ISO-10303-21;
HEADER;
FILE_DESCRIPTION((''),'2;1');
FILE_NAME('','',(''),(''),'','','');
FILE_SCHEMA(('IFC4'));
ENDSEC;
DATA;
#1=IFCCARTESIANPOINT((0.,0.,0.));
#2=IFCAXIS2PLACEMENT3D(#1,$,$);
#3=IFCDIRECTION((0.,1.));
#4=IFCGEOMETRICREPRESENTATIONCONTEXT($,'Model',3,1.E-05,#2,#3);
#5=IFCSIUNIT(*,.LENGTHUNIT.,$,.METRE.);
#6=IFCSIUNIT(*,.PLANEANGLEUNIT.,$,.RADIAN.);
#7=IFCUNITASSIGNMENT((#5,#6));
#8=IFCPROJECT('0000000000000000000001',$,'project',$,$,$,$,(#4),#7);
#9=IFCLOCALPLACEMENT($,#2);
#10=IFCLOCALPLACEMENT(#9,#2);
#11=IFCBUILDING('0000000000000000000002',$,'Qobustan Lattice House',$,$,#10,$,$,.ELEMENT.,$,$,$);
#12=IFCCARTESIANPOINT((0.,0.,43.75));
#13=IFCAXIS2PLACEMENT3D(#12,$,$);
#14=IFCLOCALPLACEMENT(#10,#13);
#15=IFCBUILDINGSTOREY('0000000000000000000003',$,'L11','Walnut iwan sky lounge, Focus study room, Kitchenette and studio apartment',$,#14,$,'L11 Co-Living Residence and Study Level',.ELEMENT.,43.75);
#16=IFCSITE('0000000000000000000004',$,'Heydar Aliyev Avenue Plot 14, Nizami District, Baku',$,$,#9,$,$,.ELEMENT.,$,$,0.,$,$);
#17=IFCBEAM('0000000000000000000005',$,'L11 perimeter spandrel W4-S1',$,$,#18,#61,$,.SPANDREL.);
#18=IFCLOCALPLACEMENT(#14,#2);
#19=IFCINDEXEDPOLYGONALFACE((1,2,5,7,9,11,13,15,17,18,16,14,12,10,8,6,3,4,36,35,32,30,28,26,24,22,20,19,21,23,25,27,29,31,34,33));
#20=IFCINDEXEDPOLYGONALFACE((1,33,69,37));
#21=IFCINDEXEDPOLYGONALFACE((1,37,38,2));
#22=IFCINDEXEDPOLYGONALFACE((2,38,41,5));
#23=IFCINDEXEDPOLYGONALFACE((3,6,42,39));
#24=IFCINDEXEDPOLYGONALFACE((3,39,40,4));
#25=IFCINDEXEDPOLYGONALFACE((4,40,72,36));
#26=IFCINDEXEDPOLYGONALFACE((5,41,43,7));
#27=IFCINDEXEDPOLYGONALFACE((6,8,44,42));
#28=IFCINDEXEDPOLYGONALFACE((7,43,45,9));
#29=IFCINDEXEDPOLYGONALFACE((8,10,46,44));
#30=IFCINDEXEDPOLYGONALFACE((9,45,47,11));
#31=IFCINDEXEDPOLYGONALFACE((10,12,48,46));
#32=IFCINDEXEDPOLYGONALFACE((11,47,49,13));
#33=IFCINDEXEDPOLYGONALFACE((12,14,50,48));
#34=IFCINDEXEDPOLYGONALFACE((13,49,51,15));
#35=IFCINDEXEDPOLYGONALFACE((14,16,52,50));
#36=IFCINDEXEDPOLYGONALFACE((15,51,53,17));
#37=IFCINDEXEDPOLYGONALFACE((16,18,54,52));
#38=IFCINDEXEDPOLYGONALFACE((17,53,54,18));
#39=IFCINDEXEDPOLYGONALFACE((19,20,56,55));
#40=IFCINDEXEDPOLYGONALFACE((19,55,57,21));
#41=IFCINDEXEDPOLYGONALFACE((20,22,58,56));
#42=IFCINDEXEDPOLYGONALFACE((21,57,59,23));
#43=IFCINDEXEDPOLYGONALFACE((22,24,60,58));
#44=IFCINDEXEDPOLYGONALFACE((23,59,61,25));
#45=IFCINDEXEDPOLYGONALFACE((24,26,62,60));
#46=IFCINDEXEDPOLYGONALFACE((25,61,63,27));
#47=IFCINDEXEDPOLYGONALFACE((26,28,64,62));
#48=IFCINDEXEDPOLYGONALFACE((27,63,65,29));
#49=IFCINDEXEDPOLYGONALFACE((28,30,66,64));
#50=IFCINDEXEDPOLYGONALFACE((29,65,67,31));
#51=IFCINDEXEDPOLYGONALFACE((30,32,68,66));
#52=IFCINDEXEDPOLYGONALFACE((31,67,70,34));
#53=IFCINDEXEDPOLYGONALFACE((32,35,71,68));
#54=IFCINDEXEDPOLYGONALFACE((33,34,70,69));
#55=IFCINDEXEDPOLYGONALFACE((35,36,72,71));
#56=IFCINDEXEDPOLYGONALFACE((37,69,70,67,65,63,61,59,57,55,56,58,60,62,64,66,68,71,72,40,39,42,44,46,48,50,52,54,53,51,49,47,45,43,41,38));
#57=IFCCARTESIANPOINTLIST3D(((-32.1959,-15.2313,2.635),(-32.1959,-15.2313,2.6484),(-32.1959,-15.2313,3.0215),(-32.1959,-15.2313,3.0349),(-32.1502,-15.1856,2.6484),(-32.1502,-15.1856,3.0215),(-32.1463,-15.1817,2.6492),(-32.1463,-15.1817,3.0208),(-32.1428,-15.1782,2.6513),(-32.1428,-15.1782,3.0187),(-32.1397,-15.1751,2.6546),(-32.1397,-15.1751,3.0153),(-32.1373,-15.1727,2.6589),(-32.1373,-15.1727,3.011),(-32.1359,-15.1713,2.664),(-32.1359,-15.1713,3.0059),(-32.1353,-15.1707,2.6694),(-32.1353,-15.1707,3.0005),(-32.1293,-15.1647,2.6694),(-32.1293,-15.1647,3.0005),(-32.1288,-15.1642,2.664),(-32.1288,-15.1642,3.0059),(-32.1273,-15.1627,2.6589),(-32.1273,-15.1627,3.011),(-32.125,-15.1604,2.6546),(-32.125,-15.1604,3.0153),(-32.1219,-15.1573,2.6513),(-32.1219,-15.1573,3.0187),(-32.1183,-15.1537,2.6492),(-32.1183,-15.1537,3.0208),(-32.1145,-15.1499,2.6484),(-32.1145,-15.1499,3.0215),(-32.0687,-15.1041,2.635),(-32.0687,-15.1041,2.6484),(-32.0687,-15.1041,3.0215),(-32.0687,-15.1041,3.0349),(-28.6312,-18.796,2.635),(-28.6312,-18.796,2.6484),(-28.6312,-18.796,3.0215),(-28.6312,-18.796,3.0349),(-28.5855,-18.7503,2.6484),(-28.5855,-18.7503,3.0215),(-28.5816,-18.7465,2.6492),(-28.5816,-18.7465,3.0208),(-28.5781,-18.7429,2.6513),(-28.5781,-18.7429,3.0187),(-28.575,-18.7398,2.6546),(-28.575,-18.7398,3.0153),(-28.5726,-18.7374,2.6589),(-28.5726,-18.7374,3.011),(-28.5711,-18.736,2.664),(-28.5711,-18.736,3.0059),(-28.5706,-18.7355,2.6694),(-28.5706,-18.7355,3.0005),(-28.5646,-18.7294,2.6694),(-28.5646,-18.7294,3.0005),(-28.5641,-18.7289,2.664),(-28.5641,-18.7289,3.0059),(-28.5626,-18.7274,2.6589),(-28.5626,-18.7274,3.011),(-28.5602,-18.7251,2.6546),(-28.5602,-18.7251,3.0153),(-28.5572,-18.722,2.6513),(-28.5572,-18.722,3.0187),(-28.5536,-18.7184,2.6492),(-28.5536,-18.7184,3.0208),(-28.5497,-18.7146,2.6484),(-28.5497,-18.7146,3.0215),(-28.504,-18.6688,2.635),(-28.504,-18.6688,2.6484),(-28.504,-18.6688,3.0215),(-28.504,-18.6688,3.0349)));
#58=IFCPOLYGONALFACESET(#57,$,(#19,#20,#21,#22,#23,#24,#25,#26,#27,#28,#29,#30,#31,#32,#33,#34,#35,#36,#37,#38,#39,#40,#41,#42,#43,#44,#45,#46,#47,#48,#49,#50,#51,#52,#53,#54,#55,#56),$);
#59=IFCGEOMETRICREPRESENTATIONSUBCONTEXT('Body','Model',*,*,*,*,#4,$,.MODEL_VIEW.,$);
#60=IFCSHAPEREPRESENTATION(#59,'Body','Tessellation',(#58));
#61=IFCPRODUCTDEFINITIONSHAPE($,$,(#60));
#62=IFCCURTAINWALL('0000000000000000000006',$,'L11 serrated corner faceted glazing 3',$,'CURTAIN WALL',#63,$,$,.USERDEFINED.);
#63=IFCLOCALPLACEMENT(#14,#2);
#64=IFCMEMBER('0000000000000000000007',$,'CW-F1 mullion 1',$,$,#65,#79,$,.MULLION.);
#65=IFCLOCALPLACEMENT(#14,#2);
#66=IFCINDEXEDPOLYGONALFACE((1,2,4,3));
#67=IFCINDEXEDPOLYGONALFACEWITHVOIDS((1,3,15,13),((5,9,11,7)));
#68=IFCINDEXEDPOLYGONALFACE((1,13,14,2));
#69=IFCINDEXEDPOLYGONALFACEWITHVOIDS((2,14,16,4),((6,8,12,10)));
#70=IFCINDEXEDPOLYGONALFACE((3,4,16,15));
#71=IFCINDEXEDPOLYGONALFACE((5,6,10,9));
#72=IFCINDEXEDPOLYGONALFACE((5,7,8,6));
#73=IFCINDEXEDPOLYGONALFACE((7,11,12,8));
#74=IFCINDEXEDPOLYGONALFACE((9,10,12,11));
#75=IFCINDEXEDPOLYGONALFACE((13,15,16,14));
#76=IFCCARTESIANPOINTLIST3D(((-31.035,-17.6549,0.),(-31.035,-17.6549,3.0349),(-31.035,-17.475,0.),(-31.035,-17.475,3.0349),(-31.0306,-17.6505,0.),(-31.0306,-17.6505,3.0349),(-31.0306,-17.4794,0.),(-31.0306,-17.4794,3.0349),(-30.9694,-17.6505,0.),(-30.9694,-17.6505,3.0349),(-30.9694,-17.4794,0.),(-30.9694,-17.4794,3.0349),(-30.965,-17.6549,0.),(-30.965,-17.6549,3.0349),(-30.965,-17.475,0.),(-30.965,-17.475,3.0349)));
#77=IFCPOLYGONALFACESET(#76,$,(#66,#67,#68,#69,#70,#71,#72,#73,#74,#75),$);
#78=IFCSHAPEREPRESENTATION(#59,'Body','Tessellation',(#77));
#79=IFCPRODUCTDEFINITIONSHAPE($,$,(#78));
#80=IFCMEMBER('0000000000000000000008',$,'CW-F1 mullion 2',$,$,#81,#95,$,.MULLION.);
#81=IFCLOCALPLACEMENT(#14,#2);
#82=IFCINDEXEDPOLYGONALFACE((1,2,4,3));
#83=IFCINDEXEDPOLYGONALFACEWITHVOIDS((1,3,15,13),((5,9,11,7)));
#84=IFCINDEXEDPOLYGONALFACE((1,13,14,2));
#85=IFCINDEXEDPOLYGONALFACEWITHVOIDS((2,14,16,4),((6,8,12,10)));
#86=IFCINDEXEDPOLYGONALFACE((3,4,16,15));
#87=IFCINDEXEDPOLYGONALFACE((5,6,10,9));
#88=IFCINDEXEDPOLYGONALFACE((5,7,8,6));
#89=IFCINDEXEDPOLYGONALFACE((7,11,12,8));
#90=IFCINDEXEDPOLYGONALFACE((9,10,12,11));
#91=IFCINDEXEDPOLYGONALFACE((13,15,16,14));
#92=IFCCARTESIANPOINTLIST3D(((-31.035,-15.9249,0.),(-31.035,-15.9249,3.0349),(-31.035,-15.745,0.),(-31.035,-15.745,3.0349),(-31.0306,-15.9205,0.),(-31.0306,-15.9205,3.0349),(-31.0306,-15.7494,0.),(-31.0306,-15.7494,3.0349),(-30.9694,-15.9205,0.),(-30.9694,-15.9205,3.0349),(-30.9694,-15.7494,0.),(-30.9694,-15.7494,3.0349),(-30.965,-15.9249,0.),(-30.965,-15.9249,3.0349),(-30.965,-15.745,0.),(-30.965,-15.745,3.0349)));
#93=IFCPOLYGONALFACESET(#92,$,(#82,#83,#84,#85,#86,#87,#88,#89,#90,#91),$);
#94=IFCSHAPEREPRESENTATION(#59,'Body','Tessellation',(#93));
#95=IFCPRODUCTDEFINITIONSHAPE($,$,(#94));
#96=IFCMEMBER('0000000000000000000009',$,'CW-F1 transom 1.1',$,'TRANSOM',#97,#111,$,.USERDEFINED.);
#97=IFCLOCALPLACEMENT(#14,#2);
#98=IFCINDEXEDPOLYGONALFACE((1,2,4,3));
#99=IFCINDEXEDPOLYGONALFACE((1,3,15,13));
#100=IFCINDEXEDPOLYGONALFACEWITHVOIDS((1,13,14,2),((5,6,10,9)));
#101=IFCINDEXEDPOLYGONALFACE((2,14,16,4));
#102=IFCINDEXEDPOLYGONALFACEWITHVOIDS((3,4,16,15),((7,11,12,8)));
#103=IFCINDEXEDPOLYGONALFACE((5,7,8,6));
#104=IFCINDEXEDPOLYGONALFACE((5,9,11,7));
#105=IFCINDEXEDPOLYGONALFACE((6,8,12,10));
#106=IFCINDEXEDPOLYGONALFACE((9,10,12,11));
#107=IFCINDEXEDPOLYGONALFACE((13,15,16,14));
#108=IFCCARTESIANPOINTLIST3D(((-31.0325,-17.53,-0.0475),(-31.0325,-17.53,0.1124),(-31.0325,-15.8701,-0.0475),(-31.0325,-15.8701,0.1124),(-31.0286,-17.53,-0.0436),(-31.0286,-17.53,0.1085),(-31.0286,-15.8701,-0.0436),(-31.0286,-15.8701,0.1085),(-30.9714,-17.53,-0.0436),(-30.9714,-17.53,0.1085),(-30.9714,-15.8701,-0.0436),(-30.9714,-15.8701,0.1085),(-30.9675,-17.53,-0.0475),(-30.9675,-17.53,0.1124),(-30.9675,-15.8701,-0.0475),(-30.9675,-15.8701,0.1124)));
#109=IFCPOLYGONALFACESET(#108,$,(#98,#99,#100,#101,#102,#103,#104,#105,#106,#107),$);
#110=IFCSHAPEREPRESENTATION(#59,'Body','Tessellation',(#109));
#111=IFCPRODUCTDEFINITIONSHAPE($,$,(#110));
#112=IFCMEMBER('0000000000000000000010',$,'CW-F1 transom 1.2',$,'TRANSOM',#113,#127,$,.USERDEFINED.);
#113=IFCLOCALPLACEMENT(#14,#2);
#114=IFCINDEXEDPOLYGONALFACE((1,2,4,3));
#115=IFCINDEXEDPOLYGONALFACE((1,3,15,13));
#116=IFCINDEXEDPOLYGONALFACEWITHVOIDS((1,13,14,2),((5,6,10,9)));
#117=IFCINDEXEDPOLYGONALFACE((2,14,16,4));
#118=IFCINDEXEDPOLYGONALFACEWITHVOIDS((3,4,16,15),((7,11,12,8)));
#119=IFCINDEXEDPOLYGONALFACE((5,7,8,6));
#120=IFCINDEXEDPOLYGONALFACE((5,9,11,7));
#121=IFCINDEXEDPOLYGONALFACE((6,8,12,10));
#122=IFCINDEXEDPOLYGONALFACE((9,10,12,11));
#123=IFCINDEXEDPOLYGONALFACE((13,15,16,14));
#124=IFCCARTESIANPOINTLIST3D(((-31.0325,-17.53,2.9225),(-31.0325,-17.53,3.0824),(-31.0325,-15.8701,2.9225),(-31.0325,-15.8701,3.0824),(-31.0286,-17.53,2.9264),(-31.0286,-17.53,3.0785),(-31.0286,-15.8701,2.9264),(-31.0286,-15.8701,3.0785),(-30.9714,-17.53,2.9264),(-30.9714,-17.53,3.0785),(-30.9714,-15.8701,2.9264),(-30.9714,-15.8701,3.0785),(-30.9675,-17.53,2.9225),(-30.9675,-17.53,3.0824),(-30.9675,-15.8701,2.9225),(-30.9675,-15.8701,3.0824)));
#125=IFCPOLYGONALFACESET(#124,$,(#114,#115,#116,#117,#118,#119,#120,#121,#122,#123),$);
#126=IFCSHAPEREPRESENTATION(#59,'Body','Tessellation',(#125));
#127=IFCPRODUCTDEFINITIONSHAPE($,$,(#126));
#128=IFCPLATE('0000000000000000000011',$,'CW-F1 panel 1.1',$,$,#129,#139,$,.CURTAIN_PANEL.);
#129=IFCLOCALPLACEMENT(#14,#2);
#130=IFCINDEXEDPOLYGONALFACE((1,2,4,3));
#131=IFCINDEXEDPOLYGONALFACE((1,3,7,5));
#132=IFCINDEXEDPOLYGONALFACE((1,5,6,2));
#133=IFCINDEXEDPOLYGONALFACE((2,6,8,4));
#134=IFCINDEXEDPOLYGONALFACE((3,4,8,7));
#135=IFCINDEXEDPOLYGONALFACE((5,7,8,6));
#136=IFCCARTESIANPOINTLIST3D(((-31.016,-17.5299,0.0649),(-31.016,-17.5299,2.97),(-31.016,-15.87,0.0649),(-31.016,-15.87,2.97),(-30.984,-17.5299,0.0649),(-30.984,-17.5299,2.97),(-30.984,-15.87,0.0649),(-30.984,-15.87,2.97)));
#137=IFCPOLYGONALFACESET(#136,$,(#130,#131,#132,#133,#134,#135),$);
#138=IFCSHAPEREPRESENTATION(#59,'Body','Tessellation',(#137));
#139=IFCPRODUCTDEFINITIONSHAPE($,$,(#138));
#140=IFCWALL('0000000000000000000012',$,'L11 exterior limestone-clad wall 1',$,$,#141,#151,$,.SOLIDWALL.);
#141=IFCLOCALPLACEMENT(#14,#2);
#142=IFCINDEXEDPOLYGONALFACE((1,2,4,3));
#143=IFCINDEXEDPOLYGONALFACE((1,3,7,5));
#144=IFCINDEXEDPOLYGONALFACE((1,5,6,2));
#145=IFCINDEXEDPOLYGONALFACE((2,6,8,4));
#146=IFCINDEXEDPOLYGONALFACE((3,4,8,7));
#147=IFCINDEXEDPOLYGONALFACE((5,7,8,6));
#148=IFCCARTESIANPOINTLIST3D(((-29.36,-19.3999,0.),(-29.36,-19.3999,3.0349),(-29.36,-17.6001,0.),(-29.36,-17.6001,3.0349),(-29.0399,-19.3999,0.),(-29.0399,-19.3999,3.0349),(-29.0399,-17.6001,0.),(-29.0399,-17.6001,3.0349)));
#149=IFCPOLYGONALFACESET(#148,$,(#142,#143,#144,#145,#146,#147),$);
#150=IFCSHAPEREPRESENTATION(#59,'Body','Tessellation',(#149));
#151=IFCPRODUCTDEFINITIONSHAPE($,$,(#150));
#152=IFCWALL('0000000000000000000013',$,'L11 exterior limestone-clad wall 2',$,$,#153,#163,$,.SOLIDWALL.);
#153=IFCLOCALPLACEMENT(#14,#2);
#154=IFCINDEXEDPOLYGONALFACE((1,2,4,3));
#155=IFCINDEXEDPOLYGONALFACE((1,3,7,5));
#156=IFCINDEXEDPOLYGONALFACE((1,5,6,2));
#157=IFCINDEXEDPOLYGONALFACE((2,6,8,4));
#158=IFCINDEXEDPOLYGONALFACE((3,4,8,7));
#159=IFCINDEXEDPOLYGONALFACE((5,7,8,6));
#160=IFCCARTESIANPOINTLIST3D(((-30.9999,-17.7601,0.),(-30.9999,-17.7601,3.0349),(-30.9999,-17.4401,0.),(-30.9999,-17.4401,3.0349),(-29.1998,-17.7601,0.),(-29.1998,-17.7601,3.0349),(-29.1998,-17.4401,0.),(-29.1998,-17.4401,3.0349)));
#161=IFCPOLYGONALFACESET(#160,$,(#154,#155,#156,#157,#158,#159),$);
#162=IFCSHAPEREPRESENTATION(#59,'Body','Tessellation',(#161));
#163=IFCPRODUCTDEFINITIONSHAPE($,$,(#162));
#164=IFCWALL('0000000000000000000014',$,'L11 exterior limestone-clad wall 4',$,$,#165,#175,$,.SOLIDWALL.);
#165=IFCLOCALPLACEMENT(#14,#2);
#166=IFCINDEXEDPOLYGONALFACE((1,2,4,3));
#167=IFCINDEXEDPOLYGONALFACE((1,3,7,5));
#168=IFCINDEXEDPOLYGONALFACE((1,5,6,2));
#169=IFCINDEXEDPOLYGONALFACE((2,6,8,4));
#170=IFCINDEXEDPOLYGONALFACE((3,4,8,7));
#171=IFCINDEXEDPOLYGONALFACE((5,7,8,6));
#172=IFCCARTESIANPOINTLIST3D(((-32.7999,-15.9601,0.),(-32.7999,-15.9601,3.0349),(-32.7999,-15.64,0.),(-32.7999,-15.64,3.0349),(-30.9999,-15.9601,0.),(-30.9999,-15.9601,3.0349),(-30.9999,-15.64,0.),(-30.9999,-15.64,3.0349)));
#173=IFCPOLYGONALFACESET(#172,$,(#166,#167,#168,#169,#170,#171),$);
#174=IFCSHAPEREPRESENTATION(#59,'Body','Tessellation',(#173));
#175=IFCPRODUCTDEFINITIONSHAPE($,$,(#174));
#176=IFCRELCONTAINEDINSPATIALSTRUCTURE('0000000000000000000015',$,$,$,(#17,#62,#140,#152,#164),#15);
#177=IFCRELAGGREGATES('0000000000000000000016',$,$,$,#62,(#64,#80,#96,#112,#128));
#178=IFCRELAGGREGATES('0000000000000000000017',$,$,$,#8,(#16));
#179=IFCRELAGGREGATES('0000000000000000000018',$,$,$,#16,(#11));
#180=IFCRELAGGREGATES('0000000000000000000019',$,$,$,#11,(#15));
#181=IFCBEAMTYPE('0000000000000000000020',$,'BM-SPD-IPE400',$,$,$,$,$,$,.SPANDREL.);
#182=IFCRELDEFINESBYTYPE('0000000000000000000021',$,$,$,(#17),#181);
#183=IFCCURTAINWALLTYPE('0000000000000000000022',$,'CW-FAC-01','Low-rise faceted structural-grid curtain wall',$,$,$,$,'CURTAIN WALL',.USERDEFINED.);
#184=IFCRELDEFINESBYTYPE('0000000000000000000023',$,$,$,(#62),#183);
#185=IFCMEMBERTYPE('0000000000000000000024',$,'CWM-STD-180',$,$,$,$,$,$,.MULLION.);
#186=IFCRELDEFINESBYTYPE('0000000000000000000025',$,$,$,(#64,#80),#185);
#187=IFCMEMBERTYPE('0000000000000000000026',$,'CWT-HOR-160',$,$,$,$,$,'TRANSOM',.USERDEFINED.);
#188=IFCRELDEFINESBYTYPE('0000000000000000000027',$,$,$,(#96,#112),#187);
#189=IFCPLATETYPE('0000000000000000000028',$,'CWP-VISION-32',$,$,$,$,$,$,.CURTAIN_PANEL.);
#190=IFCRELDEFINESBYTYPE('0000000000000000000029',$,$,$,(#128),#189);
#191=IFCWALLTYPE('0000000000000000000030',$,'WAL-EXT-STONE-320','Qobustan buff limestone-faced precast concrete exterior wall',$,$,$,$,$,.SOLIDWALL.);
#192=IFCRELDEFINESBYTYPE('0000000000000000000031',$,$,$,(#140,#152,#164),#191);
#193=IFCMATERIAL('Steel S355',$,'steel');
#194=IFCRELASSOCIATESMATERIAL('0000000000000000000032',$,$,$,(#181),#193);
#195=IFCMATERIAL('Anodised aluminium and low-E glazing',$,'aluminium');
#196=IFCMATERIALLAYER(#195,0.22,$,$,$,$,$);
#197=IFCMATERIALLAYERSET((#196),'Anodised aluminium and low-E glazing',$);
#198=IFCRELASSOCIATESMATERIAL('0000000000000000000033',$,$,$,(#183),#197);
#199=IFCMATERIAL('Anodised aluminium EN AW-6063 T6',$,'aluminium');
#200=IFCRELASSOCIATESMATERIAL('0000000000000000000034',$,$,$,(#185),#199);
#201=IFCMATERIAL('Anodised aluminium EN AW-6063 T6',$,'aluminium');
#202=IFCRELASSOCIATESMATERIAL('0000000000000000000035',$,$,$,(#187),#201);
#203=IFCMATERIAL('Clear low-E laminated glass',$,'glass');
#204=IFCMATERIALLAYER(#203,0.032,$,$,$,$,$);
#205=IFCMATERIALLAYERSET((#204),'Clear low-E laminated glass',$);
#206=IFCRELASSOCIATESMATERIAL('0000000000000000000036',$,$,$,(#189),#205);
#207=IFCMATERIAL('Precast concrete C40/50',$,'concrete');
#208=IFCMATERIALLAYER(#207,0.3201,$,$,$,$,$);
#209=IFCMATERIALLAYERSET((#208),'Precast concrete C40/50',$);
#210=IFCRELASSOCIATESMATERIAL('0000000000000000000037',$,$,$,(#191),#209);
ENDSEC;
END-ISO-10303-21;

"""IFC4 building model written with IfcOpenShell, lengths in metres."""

from ifc_helpers import new_model, si_unit, direction, frame, frame_2d, origin, origin_2d, place, context, subcontext, project, spatial, rectangle, hollow_rectangle, i_section, extrude, material, layer, layer_set, material_profile, profile_set, type_object, element, aggregate, save


model = new_model("IFC4")

# Units and contexts
model_context = context("Model", 3, precision=1e-05, world=origin(), true_north=direction((0.0, 1.0)))
body_context = subcontext(model_context, "Body", "Model", "MODEL_VIEW")
ifc_project = project(units=[si_unit("LENGTHUNIT", "METRE"), si_unit("PLANEANGLEUNIT", "RADIAN")], contexts=[model_context])

# Site, building, storey
site_placement = place(None, origin())
site = spatial("IfcSite", under=ifc_project, at=site_placement, Name="Heydar Aliyev Avenue Plot 14, Nizami District, Baku", CompositionType="ELEMENT", RefElevation=0.0)
building_placement = place(site_placement, origin())
building = spatial("IfcBuilding", under=site, at=building_placement, Name="Qobustan Lattice House", CompositionType="ELEMENT")
storey_placement = place(building_placement, frame((0.0, 0.0, 43.75)))
storey = spatial("IfcBuildingStorey", under=building, at=storey_placement, Name="L11", Description="Walnut iwan sky lounge, Focus study room, Kitchenette and studio apartment", LongName="L11 Co-Living Residence and Study Level", CompositionType="ELEMENT", Elevation=43.75)

# Beam
ifc_material_1 = material(Name="Steel S355", Category="steel")
ifc_material_profile_1 = material_profile(ifc_material_1, i_section(OverallWidth=0.1799, OverallDepth=0.3999, WebThickness=0.0085, FlangeThickness=0.0134, FilletRadius=0.021, at=origin_2d()), Name="IPE400")
ifc_profile_set_1 = profile_set([ifc_material_profile_1], Name="Steel S355")
beam_type_1 = type_object("IfcBeamType", Name="BM-SPD-IPE400", PredefinedType="SPANDREL", material=ifc_profile_set_1)
beam_1_placement = place(storey_placement, frame((-32.1323, -15.1677, 2.835), z_axis=(0.707107, -0.707107, 0.0), x_axis=(0.707107, 0.707107, 0.0)))
element("IfcBeam", 1, at=beam_1_placement, inside=storey, type_object=beam_type_1, Name="L11 perimeter spandrel W4-S1", PredefinedType="SPANDREL", context=body_context, shape_type="SweptSolid", body=[
    extrude(i_section(OverallWidth=0.1799, OverallDepth=0.3999, WebThickness=0.0085, FlangeThickness=0.0134, FilletRadius=0.021, at=origin_2d()), origin(), (0.0, 0.0, 1.0), 5.0413),
])

# Curtain wall, members, plate
ifc_material_2 = material(Name="Anodised aluminium and low-E glazing", Category="aluminium")
ifc_layer_1 = layer(ifc_material_2, 0.22)
ifc_layer_set_1 = layer_set([ifc_layer_1], Name="Anodised aluminium and low-E glazing")
curtain_wall_type = type_object("IfcCurtainWallType", Name="CW-FAC-01", Description="Low-rise faceted structural-grid curtain wall", ElementType="CURTAIN WALL", PredefinedType="USERDEFINED", material=ifc_layer_set_1)
curtain_wall_placement = place(storey_placement, origin())
curtain_wall = element("IfcCurtainWall", 2, at=curtain_wall_placement, inside=storey, type_object=curtain_wall_type, Name="L11 serrated corner faceted glazing 3", ObjectType="CURTAIN WALL", PredefinedType="USERDEFINED")
ifc_material_3 = material(Name="Anodised aluminium EN AW-6063 T6", Category="aluminium")
ifc_material_profile_2 = material_profile(ifc_material_3, hollow_rectangle(XDim=0.0701, YDim=0.1799, WallThickness=0.0044, at=origin_2d()), Name="CWM-180x70")
ifc_profile_set_2 = profile_set([ifc_material_profile_2], Name="Anodised aluminium EN AW-6063 T6")
member_type_1 = type_object("IfcMemberType", Name="CWM-STD-180", PredefinedType="MULLION", material=ifc_profile_set_2)
member_1_placement = place(storey_placement, frame((-31.0, -17.5649, 0.0), z_axis=(0.0, 0.0, 1.0), x_axis=(-1.0, 0.0, 0.0)))
member_1 = element("IfcMember", 3, at=member_1_placement, type_object=member_type_1, Name="CW-F1 mullion 1", PredefinedType="MULLION", context=body_context, shape_type="SweptSolid", body=[
    extrude(hollow_rectangle(XDim=0.0701, YDim=0.1799, WallThickness=0.0044, at=origin_2d()), origin(), (0.0, 0.0, 1.0), 3.0349),
])
member_2_placement = place(storey_placement, frame((-31.0, -15.835, 0.0), z_axis=(0.0, 0.0, 1.0), x_axis=(-1.0, 0.0, 0.0)))
member_2 = element("IfcMember", 4, at=member_2_placement, type_object=member_type_1, Name="CW-F1 mullion 2", PredefinedType="MULLION", context=body_context, shape_type="SweptSolid", body=[
    extrude(hollow_rectangle(XDim=0.0701, YDim=0.1799, WallThickness=0.0044, at=origin_2d()), origin(), (0.0, 0.0, 1.0), 3.0349),
])
ifc_material_4 = material(Name="Anodised aluminium EN AW-6063 T6", Category="aluminium")
ifc_material_profile_3 = material_profile(ifc_material_4, hollow_rectangle(XDim=0.0649, YDim=0.1599, WallThickness=0.0039, at=origin_2d()), Name="CWT-160x65")
ifc_profile_set_3 = profile_set([ifc_material_profile_3], Name="Anodised aluminium EN AW-6063 T6")
member_type_2 = type_object("IfcMemberType", Name="CWT-HOR-160", ElementType="TRANSOM", PredefinedType="USERDEFINED", material=ifc_profile_set_3)
member_3_placement = place(storey_placement, frame((-31.0, -17.53, 0.0325), z_axis=(0.0, 1.0, 0.0), x_axis=(-1.0, 0.0, 0.0)))
member_3 = element("IfcMember", 5, at=member_3_placement, type_object=member_type_2, Name="CW-F1 transom 1.1", ObjectType="TRANSOM", PredefinedType="USERDEFINED", context=body_context, shape_type="SweptSolid", body=[
    extrude(hollow_rectangle(XDim=0.0649, YDim=0.1599, WallThickness=0.0039, at=origin_2d()), origin(), (0.0, 0.0, 1.0), 1.6599),
])
member_4_placement = place(storey_placement, frame((-31.0, -17.53, 3.0024), z_axis=(0.0, 1.0, 0.0), x_axis=(-1.0, 0.0, 0.0)))
member_4 = element("IfcMember", 6, at=member_4_placement, type_object=member_type_2, Name="CW-F1 transom 1.2", ObjectType="TRANSOM", PredefinedType="USERDEFINED", context=body_context, shape_type="SweptSolid", body=[
    extrude(hollow_rectangle(XDim=0.0649, YDim=0.1599, WallThickness=0.0039, at=origin_2d()), origin(), (0.0, 0.0, 1.0), 1.6599),
])
ifc_material_5 = material(Name="Clear low-E laminated glass", Category="glass")
ifc_layer_2 = layer(ifc_material_5, 0.032)
ifc_layer_set_2 = layer_set([ifc_layer_2], Name="Clear low-E laminated glass")
plate_type = type_object("IfcPlateType", Name="CWP-VISION-32", PredefinedType="CURTAIN_PANEL", material=ifc_layer_set_2)
plate_placement = place(storey_placement, frame((-31.0, -16.7, 0.0649), z_axis=(0.0, 0.0, 1.0), x_axis=(0.0, 1.0, 0.0)))
plate = element("IfcPlate", 7, at=plate_placement, type_object=plate_type, Name="CW-F1 panel 1.1", PredefinedType="CURTAIN_PANEL", context=body_context, shape_type="SweptSolid", body=[
    extrude(rectangle(XDim=1.6599, YDim=0.032, at=origin_2d()), origin(), (0.0, 0.0, 1.0), 2.905),
])
aggregate(curtain_wall, [member_1, member_2, member_3, member_4, plate])

# Walls
ifc_material_6 = material(Name="Precast concrete C40/50", Category="concrete")
ifc_layer_3 = layer(ifc_material_6, 0.3201)
ifc_layer_set_3 = layer_set([ifc_layer_3], Name="Precast concrete C40/50")
wall_type = type_object("IfcWallType", Name="WAL-EXT-STONE-320", Description="Qobustan buff limestone-faced precast concrete exterior wall", PredefinedType="SOLIDWALL", material=ifc_layer_set_3)
wall_1_placement = place(storey_placement, frame((-29.2, -19.3999, 0.0), z_axis=(0.0, 0.0, 1.0), x_axis=(0.0, 1.0, 0.0)))
element("IfcWall", 8, at=wall_1_placement, inside=storey, type_object=wall_type, Name="L11 exterior limestone-clad wall 1", PredefinedType="SOLIDWALL", context=body_context, shape_type="SweptSolid", body=[
    extrude(rectangle(XDim=1.7998, YDim=0.3201, at=frame_2d((0.8999, 0.0))), origin(), (0.0, 0.0, 1.0), 3.0349),
])
for number, where, z_axis, x_axis, name in (
    (9, (-29.2, -17.6001, 0.0), (0.0, 0.0, 1.0), (-1.0, 0.0, 0.0), "L11 exterior limestone-clad wall 2"),
    (10, (-31.0, -15.8, 0.0), (0.0, 0.0, 1.0), (-1.0, 0.0, 0.0), "L11 exterior limestone-clad wall 4"),
):
    element("IfcWall", number, at=place(storey_placement, frame(where, z_axis=z_axis, x_axis=x_axis)), inside=storey, type_object=wall_type, Name=name, PredefinedType="SOLIDWALL", context=body_context, shape_type="SweptSolid", body=[
        extrude(rectangle(XDim=1.8, YDim=0.3201, at=frame_2d((0.8999, 0.0))), origin(), (0.0, 0.0, 1.0), 3.0349),
    ])

save(model, "model.ifc")
